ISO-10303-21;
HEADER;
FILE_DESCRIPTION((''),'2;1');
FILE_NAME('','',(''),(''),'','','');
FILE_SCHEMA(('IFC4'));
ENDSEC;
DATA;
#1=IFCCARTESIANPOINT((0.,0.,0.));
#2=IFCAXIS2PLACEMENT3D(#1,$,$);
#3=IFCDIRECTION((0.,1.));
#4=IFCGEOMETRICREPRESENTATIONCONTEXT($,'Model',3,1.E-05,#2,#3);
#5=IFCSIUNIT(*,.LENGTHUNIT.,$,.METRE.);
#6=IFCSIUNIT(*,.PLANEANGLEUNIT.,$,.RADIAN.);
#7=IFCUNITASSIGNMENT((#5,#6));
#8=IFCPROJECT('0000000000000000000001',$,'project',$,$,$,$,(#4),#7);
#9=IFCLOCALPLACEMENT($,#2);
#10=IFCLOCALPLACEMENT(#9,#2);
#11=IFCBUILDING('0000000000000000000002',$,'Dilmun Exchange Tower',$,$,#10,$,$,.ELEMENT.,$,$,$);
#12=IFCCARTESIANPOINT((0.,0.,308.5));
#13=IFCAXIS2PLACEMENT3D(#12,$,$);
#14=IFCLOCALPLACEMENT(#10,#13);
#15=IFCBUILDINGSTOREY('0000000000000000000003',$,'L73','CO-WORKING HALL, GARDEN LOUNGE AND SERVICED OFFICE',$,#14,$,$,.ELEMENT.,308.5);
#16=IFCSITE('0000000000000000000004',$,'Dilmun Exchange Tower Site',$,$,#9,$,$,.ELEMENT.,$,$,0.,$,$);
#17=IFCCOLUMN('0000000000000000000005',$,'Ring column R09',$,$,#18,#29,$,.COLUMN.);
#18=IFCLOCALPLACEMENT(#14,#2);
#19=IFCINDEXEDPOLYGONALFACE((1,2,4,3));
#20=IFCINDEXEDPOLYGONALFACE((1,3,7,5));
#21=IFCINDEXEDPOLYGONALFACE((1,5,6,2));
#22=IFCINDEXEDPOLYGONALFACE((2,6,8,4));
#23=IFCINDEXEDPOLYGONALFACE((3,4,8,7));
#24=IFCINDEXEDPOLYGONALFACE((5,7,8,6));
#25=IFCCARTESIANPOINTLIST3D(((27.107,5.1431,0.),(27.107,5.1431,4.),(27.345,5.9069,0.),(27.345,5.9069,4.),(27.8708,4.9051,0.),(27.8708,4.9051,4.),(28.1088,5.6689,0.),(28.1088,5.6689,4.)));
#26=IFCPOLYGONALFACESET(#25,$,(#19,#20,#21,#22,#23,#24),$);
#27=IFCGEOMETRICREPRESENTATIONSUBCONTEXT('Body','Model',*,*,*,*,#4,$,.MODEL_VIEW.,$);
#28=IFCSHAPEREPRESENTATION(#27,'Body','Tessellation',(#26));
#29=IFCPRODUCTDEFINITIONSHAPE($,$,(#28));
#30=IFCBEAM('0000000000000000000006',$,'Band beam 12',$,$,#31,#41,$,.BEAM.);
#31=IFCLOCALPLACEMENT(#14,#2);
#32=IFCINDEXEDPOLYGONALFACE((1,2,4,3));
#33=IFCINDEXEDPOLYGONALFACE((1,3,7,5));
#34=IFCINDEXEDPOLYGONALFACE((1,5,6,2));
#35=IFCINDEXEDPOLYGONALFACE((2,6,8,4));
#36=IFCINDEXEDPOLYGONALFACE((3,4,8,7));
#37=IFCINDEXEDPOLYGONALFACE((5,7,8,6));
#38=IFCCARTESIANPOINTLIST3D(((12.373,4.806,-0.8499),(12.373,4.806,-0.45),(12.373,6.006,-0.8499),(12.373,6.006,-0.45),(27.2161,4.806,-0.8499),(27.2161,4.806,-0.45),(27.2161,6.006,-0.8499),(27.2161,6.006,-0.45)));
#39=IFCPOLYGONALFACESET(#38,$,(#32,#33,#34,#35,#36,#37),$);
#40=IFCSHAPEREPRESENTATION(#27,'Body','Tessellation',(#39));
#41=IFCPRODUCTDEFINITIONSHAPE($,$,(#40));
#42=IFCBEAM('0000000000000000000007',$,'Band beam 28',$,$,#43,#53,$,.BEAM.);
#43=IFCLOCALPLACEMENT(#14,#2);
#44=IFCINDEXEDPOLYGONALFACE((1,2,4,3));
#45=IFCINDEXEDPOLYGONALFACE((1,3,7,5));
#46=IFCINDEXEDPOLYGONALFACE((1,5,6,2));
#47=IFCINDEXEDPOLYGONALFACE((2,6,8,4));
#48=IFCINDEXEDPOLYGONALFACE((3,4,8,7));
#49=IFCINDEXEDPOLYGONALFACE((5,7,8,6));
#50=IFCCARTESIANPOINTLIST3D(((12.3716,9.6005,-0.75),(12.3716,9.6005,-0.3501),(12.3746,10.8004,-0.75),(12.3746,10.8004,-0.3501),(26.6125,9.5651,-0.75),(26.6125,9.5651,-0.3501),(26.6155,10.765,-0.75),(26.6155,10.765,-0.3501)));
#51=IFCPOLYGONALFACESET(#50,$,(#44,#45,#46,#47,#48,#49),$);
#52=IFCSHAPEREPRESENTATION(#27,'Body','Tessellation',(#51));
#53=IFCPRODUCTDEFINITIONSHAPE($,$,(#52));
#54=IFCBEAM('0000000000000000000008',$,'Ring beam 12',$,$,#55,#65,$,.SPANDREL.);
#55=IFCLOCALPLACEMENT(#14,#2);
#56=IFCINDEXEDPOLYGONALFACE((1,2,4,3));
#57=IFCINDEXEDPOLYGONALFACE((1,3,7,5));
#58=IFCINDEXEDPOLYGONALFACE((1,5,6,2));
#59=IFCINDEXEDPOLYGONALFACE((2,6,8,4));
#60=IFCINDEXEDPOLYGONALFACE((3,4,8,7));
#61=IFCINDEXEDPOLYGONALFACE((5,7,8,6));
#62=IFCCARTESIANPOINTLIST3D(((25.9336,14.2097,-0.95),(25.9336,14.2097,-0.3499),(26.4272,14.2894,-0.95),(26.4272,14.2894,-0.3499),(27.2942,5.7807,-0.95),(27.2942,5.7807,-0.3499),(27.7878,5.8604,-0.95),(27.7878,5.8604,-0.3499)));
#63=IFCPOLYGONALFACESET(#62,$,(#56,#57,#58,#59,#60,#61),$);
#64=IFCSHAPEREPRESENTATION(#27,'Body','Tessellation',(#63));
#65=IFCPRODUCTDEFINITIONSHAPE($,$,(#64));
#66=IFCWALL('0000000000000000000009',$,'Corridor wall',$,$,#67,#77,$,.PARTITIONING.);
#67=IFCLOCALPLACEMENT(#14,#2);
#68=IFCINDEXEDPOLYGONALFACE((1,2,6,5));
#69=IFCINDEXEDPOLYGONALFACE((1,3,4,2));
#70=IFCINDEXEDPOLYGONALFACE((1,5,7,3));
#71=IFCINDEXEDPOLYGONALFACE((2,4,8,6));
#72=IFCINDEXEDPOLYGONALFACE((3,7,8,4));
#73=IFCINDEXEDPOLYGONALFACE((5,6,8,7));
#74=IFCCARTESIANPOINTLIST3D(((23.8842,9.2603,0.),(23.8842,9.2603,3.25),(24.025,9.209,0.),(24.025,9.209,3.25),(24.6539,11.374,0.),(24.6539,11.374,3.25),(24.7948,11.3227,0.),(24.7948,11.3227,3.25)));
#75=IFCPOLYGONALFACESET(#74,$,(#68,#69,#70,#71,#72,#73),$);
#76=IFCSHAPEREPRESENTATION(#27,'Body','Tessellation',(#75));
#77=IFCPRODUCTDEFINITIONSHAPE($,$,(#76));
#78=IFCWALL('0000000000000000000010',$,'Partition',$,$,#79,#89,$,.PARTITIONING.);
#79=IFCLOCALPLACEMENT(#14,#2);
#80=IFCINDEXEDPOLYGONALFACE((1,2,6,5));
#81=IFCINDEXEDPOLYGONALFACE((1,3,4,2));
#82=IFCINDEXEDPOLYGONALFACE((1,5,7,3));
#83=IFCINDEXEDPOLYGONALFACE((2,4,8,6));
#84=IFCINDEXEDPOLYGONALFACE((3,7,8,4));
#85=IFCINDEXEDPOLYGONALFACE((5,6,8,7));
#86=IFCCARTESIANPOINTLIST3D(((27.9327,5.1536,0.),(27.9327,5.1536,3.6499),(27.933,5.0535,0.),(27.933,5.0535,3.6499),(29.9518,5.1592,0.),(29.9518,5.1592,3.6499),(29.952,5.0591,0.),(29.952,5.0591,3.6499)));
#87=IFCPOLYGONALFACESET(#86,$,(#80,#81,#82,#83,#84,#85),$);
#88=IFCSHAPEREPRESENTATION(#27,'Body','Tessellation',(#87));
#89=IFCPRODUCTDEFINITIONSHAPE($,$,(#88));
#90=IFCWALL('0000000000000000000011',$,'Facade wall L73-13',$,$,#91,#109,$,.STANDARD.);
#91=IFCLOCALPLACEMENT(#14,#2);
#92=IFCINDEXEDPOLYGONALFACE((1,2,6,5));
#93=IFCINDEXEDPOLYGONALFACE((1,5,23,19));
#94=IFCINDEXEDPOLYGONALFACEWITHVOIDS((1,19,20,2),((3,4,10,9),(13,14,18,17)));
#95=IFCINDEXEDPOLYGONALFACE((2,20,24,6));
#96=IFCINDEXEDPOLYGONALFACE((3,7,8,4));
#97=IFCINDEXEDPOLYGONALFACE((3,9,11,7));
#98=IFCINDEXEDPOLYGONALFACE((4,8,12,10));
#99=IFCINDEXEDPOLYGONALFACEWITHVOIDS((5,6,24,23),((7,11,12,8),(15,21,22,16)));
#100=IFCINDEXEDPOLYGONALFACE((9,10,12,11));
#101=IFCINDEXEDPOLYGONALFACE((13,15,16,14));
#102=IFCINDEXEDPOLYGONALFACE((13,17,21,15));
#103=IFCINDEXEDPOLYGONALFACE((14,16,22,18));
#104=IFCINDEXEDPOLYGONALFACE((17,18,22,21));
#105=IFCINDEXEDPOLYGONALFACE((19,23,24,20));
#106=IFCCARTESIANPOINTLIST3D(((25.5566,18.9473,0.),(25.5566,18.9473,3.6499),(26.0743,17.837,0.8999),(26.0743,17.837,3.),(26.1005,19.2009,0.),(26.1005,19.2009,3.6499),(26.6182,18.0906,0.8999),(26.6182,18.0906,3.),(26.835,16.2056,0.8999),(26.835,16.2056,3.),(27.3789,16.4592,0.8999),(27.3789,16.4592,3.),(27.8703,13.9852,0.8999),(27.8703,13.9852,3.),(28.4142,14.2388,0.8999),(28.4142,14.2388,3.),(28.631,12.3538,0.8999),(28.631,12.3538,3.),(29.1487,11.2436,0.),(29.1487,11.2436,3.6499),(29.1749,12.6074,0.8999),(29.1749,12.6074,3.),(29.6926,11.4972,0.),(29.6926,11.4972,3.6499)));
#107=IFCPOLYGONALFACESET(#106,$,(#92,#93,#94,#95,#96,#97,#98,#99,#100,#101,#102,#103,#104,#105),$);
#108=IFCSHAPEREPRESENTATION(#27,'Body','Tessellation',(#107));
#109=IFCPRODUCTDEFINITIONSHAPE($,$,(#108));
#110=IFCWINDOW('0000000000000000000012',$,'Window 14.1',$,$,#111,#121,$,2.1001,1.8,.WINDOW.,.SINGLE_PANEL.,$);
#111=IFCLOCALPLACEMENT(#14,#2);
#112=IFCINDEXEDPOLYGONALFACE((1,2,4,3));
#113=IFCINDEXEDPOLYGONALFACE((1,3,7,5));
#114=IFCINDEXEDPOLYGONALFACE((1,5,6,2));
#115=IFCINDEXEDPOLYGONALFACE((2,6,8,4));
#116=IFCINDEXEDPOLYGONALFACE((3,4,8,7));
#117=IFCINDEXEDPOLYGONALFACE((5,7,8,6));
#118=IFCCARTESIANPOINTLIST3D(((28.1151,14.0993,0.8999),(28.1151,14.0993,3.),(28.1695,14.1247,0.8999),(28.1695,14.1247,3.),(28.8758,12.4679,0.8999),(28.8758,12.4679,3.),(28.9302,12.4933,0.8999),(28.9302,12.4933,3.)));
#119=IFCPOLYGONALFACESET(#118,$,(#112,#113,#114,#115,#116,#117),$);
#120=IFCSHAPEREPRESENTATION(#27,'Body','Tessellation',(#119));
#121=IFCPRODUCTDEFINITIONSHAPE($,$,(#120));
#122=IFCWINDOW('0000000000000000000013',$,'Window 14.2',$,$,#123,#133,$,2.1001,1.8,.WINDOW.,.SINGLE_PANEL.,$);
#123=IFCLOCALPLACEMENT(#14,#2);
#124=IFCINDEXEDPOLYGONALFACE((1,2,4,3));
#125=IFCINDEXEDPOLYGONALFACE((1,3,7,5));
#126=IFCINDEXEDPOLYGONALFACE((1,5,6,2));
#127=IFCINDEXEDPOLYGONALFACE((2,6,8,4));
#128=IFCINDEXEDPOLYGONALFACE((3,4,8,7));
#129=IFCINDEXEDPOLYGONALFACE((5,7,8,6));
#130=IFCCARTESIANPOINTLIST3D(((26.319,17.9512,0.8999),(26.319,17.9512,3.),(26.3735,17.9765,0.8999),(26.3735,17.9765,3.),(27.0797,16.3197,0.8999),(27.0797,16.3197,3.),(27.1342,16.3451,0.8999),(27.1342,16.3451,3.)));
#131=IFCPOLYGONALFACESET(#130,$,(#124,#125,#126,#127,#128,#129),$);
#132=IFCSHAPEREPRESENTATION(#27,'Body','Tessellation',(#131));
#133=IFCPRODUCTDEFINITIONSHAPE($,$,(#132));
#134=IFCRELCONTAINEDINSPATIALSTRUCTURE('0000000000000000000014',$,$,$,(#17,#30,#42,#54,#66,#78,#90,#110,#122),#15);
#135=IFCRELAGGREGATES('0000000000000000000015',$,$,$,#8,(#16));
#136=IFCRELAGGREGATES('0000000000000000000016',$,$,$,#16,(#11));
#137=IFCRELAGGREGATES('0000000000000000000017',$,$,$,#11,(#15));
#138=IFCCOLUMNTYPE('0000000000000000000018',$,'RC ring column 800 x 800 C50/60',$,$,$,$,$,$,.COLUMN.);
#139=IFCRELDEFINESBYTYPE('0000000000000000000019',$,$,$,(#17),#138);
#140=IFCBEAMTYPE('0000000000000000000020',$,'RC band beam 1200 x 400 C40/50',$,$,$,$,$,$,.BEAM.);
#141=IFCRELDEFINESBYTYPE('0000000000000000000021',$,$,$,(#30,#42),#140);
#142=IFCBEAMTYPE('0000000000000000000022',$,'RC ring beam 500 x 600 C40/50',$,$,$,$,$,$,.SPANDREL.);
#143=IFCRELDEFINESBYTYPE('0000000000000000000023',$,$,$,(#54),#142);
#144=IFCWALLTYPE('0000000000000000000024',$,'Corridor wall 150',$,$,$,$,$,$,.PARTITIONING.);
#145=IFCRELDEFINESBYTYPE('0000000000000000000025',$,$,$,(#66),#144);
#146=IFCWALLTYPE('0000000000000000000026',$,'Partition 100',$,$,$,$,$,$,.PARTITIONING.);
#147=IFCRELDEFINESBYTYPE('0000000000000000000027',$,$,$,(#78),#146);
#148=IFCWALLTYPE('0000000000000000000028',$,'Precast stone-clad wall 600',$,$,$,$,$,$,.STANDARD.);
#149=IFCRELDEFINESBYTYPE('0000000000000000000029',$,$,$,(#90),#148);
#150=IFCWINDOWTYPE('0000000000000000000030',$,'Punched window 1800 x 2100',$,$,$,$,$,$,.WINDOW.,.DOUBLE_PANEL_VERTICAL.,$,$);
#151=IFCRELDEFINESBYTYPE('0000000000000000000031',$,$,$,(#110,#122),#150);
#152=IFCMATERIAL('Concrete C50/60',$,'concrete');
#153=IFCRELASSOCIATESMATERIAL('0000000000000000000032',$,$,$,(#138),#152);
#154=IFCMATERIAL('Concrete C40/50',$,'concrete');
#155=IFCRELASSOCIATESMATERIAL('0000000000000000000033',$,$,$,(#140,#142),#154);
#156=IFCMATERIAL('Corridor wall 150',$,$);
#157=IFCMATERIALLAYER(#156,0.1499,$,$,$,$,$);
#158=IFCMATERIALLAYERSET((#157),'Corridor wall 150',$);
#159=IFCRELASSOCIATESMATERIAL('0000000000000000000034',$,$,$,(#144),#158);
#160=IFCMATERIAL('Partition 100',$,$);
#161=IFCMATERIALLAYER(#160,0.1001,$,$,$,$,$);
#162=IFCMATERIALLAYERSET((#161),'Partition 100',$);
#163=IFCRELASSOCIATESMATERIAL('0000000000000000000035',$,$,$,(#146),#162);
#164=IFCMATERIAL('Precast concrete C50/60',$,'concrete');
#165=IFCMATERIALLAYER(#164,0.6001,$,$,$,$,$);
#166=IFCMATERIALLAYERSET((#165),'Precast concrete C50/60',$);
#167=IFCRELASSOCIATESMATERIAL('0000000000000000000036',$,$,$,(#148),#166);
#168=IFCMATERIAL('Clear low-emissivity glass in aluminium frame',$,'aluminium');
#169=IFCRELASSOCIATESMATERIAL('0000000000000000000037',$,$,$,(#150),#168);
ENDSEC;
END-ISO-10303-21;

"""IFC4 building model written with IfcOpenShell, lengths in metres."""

from ifc_helpers import new_model, si_unit, direction, frame, frame_2d, origin, origin_2d, place, context, subcontext, project, spatial, rectangle, extrude, material, layer, layer_set, material_profile, profile_set, type_object, element, fill, save


model = new_model("IFC4")

# Units and contexts
model_context = context("Model", 3, precision=1e-05, world=origin(), true_north=direction((0.0, 1.0)))
body_context = subcontext(model_context, "Body", "Model", "MODEL_VIEW")
ifc_project = project(units=[si_unit("LENGTHUNIT", "METRE"), si_unit("PLANEANGLEUNIT", "RADIAN")], contexts=[model_context])

# Site, building, storey
site_placement = place(None, origin())
site = spatial("IfcSite", under=ifc_project, at=site_placement, Name="Dilmun Exchange Tower Site", CompositionType="ELEMENT", RefElevation=0.0)
building_placement = place(site_placement, origin())
building = spatial("IfcBuilding", under=site, at=building_placement, Name="Dilmun Exchange Tower", CompositionType="ELEMENT")
storey_placement = place(building_placement, frame((0.0, 0.0, 308.5)))
storey = spatial("IfcBuildingStorey", under=building, at=storey_placement, Name="L73", Description="CO-WORKING HALL, GARDEN LOUNGE AND SERVICED OFFICE", CompositionType="ELEMENT", Elevation=308.5)

# Column
ifc_material_1 = material(Name="Concrete C50/60", Category="concrete")
ifc_material_profile_1 = material_profile(ifc_material_1, rectangle(XDim=0.8, YDim=0.8, at=origin_2d()), Name="800 x 800")
ifc_profile_set_1 = profile_set([ifc_material_profile_1], Name="Concrete C50/60")
column_type = type_object("IfcColumnType", Name="RC ring column 800 x 800 C50/60", PredefinedType="COLUMN", material=ifc_profile_set_1)
column_placement = place(storey_placement, frame((27.6079, 5.406, 0.0), z_axis=(0.0, 0.0, 1.0), x_axis=(0.297503, 0.954721, 0.0)))
element("IfcColumn", 1, at=column_placement, inside=storey, type_object=column_type, Name="Ring column R09", PredefinedType="COLUMN", context=body_context, shape_type="SweptSolid", body=[
    extrude(rectangle(XDim=0.8, YDim=0.8, at=origin_2d()), origin(), (0.0, 0.0, 1.0), 4.0),
])

# Beams
ifc_material_2 = material(Name="Concrete C40/50", Category="concrete")
ifc_material_profile_2 = material_profile(ifc_material_2, rectangle(XDim=1.2, YDim=0.3999, at=origin_2d()), Name="1200 x 400")
ifc_profile_set_2 = profile_set([ifc_material_profile_2], Name="Concrete C40/50")
beam_type_1 = type_object("IfcBeamType", Name="RC band beam 1200 x 400 C40/50", PredefinedType="BEAM", material=ifc_profile_set_2)
beam_1_placement = place(storey_placement, frame((27.2161, 5.406, -0.6499), z_axis=(-1.0, 0.0, 0.0), x_axis=(0.0, -1.0, 0.0)))
element("IfcBeam", 2, at=beam_1_placement, inside=storey, type_object=beam_type_1, Name="Band beam 12", PredefinedType="BEAM", context=body_context, shape_type="SweptSolid", body=[
    extrude(rectangle(XDim=1.2, YDim=0.3999, at=origin_2d()), origin(), (0.0, 0.0, 1.0), 14.843),
])
beam_2_placement = place(storey_placement, frame((26.614, 10.165, -0.55), z_axis=(-0.999997, 0.002486, 0.0), x_axis=(-0.002486, -0.999997, 0.0)))
element("IfcBeam", 3, at=beam_2_placement, inside=storey, type_object=beam_type_1, Name="Band beam 28", PredefinedType="BEAM", context=body_context, shape_type="SweptSolid", body=[
    extrude(rectangle(XDim=1.2, YDim=0.3999, at=origin_2d()), origin(), (0.0, 0.0, 1.0), 14.241),
])
ifc_material_profile_3 = material_profile(ifc_material_2, rectangle(XDim=0.5, YDim=0.6001, at=origin_2d()), Name="500 x 600")
ifc_profile_set_3 = profile_set([ifc_material_profile_3], Name="Concrete C40/50")
beam_type_2 = type_object("IfcBeamType", Name="RC ring beam 500 x 600 C40/50", PredefinedType="SPANDREL", material=ifc_profile_set_3)
beam_3_placement = place(storey_placement, frame((27.541, 5.8206, -0.6499), z_axis=(-0.159357, 0.987221, 0.0), x_axis=(-0.987221, -0.159357, 0.0)))
element("IfcBeam", 4, at=beam_3_placement, inside=storey, type_object=beam_type_2, Name="Ring beam 12", PredefinedType="SPANDREL", context=body_context, shape_type="SweptSolid", body=[
    extrude(rectangle(XDim=0.5, YDim=0.6001, at=origin_2d()), origin(), (0.0, 0.0, 1.0), 8.5381),
])

# Walls
ifc_material_3 = material(Name="Corridor wall 150")
ifc_layer_1 = layer(ifc_material_3, 0.1499)
ifc_layer_set_1 = layer_set([ifc_layer_1], Name="Corridor wall 150")
wall_type_1 = type_object("IfcWallType", Name="Corridor wall 150", PredefinedType="PARTITIONING", material=ifc_layer_set_1)
wall_1_placement = place(storey_placement, frame((23.9546, 9.2346, 0.0), z_axis=(0.0, 0.0, 1.0), x_axis=(0.342187, 0.939632, 0.0)))
element("IfcWall", 5, at=wall_1_placement, inside=storey, type_object=wall_type_1, Name="Corridor wall", PredefinedType="PARTITIONING", context=body_context, shape_type="SweptSolid", body=[
    extrude(rectangle(XDim=2.2495, YDim=0.1499, at=frame_2d((1.1248, 0.0))), origin(), (0.0, 0.0, 1.0), 3.25),
])
ifc_material_4 = material(Name="Partition 100")
ifc_layer_2 = layer(ifc_material_4, 0.1001)
ifc_layer_set_2 = layer_set([ifc_layer_2], Name="Partition 100")
wall_type_2 = type_object("IfcWallType", Name="Partition 100", PredefinedType="PARTITIONING", material=ifc_layer_set_2)
wall_2_placement = place(storey_placement, frame((27.9329, 5.1035, 0.0), z_axis=(0.0, 0.0, 1.0), x_axis=(0.999996, 0.002781, 0.0)))
element("IfcWall", 6, at=wall_2_placement, inside=storey, type_object=wall_type_2, Name="Partition", PredefinedType="PARTITIONING", context=body_context, shape_type="SweptSolid", body=[
    extrude(rectangle(XDim=2.019, YDim=0.1001, at=frame_2d((1.0095, 0.0))), origin(), (0.0, 0.0, 1.0), 3.6499),
])

# Wall, openings, windows
ifc_material_5 = material(Name="Precast concrete C50/60", Category="concrete")
ifc_layer_3 = layer(ifc_material_5, 0.6001)
ifc_layer_set_3 = layer_set([ifc_layer_3], Name="Precast concrete C50/60")
wall_type_3 = type_object("IfcWallType", Name="Precast stone-clad wall 600", PredefinedType="STANDARD", material=ifc_layer_set_3)
wall_3_placement = place(storey_placement, frame((29.4207, 11.3704, 0.0), z_axis=(0.0, 0.0, 1.0), x_axis=(-0.422598, 0.906317, 0.0)))
wall_3 = element("IfcWall", 7, at=wall_3_placement, inside=storey, type_object=wall_type_3, Name="Facade wall L73-13", PredefinedType="STANDARD", context=body_context, shape_type="SweptSolid", body=[
    extrude(rectangle(XDim=8.5, YDim=0.6001, at=frame_2d((4.25, 0.0))), origin(), (0.0, 0.0, 1.0), 3.6499),
])
opening_1_placement = place(wall_3_placement, frame((1.2251, 0.0, 0.8999)))
opening_1 = element("IfcOpeningElement", 8, at=opening_1_placement, cuts=wall_3, PredefinedType="OPENING", context=body_context, shape_type="SweptSolid", body=[
    extrude(rectangle(XDim=1.8, YDim=2.1001, at=frame_2d((0.8999, 1.05))), frame((0.0, 0.3101, 0.0), z_axis=(0.0, -1.0, 0.0), x_axis=(1.0, 0.0, 0.0)), (0.0, 0.0, 1.0), 0.6201),
])
opening_2_placement = place(wall_3_placement, frame((5.4751, 0.0, 0.8999)))
opening_2 = element("IfcOpeningElement", 9, at=opening_2_placement, cuts=wall_3, PredefinedType="OPENING", context=body_context, shape_type="SweptSolid", body=[
    extrude(rectangle(XDim=1.8, YDim=2.1001, at=frame_2d((0.8999, 1.05))), frame((0.0, 0.3101, 0.0), z_axis=(0.0, -1.0, 0.0), x_axis=(1.0, 0.0, 0.0)), (0.0, 0.0, 1.0), 0.6201),
])
ifc_material_6 = material(Name="Clear low-emissivity glass in aluminium frame", Category="aluminium")
window_type = type_object("IfcWindowType", Name="Punched window 1800 x 2100", PartitioningType="DOUBLE_PANEL_VERTICAL", PredefinedType="WINDOW", material=ifc_material_6)
window_1_placement = place(opening_1_placement, origin())
window_1 = element("IfcWindow", 10, at=window_1_placement, inside=storey, type_object=window_type, Name="Window 14.1", OverallHeight=2.1001, OverallWidth=1.8, PartitioningType="SINGLE_PANEL", PredefinedType="WINDOW", context=body_context, shape_type="SweptSolid", body=[
    extrude(rectangle(XDim=1.8, YDim=2.1001, at=frame_2d((0.8999, 1.05))), frame((0.0, 0.03, 0.0), z_axis=(0.0, -1.0, 0.0), x_axis=(1.0, 0.0, 0.0)), (0.0, 0.0, 1.0), 0.0601),
])
fill(opening_1, window_1)
window_2_placement = place(opening_2_placement, origin())
window_2 = element("IfcWindow", 11, at=window_2_placement, inside=storey, type_object=window_type, Name="Window 14.2", OverallHeight=2.1001, OverallWidth=1.8, PartitioningType="SINGLE_PANEL", PredefinedType="WINDOW", context=body_context, shape_type="SweptSolid", body=[
    extrude(rectangle(XDim=1.8, YDim=2.1001, at=frame_2d((0.8999, 1.05))), frame((0.0, 0.03, 0.0), z_axis=(0.0, -1.0, 0.0), x_axis=(1.0, 0.0, 0.0)), (0.0, 0.0, 1.0), 0.0601),
])
fill(opening_2, window_2)

save(model, "model.ifc")
